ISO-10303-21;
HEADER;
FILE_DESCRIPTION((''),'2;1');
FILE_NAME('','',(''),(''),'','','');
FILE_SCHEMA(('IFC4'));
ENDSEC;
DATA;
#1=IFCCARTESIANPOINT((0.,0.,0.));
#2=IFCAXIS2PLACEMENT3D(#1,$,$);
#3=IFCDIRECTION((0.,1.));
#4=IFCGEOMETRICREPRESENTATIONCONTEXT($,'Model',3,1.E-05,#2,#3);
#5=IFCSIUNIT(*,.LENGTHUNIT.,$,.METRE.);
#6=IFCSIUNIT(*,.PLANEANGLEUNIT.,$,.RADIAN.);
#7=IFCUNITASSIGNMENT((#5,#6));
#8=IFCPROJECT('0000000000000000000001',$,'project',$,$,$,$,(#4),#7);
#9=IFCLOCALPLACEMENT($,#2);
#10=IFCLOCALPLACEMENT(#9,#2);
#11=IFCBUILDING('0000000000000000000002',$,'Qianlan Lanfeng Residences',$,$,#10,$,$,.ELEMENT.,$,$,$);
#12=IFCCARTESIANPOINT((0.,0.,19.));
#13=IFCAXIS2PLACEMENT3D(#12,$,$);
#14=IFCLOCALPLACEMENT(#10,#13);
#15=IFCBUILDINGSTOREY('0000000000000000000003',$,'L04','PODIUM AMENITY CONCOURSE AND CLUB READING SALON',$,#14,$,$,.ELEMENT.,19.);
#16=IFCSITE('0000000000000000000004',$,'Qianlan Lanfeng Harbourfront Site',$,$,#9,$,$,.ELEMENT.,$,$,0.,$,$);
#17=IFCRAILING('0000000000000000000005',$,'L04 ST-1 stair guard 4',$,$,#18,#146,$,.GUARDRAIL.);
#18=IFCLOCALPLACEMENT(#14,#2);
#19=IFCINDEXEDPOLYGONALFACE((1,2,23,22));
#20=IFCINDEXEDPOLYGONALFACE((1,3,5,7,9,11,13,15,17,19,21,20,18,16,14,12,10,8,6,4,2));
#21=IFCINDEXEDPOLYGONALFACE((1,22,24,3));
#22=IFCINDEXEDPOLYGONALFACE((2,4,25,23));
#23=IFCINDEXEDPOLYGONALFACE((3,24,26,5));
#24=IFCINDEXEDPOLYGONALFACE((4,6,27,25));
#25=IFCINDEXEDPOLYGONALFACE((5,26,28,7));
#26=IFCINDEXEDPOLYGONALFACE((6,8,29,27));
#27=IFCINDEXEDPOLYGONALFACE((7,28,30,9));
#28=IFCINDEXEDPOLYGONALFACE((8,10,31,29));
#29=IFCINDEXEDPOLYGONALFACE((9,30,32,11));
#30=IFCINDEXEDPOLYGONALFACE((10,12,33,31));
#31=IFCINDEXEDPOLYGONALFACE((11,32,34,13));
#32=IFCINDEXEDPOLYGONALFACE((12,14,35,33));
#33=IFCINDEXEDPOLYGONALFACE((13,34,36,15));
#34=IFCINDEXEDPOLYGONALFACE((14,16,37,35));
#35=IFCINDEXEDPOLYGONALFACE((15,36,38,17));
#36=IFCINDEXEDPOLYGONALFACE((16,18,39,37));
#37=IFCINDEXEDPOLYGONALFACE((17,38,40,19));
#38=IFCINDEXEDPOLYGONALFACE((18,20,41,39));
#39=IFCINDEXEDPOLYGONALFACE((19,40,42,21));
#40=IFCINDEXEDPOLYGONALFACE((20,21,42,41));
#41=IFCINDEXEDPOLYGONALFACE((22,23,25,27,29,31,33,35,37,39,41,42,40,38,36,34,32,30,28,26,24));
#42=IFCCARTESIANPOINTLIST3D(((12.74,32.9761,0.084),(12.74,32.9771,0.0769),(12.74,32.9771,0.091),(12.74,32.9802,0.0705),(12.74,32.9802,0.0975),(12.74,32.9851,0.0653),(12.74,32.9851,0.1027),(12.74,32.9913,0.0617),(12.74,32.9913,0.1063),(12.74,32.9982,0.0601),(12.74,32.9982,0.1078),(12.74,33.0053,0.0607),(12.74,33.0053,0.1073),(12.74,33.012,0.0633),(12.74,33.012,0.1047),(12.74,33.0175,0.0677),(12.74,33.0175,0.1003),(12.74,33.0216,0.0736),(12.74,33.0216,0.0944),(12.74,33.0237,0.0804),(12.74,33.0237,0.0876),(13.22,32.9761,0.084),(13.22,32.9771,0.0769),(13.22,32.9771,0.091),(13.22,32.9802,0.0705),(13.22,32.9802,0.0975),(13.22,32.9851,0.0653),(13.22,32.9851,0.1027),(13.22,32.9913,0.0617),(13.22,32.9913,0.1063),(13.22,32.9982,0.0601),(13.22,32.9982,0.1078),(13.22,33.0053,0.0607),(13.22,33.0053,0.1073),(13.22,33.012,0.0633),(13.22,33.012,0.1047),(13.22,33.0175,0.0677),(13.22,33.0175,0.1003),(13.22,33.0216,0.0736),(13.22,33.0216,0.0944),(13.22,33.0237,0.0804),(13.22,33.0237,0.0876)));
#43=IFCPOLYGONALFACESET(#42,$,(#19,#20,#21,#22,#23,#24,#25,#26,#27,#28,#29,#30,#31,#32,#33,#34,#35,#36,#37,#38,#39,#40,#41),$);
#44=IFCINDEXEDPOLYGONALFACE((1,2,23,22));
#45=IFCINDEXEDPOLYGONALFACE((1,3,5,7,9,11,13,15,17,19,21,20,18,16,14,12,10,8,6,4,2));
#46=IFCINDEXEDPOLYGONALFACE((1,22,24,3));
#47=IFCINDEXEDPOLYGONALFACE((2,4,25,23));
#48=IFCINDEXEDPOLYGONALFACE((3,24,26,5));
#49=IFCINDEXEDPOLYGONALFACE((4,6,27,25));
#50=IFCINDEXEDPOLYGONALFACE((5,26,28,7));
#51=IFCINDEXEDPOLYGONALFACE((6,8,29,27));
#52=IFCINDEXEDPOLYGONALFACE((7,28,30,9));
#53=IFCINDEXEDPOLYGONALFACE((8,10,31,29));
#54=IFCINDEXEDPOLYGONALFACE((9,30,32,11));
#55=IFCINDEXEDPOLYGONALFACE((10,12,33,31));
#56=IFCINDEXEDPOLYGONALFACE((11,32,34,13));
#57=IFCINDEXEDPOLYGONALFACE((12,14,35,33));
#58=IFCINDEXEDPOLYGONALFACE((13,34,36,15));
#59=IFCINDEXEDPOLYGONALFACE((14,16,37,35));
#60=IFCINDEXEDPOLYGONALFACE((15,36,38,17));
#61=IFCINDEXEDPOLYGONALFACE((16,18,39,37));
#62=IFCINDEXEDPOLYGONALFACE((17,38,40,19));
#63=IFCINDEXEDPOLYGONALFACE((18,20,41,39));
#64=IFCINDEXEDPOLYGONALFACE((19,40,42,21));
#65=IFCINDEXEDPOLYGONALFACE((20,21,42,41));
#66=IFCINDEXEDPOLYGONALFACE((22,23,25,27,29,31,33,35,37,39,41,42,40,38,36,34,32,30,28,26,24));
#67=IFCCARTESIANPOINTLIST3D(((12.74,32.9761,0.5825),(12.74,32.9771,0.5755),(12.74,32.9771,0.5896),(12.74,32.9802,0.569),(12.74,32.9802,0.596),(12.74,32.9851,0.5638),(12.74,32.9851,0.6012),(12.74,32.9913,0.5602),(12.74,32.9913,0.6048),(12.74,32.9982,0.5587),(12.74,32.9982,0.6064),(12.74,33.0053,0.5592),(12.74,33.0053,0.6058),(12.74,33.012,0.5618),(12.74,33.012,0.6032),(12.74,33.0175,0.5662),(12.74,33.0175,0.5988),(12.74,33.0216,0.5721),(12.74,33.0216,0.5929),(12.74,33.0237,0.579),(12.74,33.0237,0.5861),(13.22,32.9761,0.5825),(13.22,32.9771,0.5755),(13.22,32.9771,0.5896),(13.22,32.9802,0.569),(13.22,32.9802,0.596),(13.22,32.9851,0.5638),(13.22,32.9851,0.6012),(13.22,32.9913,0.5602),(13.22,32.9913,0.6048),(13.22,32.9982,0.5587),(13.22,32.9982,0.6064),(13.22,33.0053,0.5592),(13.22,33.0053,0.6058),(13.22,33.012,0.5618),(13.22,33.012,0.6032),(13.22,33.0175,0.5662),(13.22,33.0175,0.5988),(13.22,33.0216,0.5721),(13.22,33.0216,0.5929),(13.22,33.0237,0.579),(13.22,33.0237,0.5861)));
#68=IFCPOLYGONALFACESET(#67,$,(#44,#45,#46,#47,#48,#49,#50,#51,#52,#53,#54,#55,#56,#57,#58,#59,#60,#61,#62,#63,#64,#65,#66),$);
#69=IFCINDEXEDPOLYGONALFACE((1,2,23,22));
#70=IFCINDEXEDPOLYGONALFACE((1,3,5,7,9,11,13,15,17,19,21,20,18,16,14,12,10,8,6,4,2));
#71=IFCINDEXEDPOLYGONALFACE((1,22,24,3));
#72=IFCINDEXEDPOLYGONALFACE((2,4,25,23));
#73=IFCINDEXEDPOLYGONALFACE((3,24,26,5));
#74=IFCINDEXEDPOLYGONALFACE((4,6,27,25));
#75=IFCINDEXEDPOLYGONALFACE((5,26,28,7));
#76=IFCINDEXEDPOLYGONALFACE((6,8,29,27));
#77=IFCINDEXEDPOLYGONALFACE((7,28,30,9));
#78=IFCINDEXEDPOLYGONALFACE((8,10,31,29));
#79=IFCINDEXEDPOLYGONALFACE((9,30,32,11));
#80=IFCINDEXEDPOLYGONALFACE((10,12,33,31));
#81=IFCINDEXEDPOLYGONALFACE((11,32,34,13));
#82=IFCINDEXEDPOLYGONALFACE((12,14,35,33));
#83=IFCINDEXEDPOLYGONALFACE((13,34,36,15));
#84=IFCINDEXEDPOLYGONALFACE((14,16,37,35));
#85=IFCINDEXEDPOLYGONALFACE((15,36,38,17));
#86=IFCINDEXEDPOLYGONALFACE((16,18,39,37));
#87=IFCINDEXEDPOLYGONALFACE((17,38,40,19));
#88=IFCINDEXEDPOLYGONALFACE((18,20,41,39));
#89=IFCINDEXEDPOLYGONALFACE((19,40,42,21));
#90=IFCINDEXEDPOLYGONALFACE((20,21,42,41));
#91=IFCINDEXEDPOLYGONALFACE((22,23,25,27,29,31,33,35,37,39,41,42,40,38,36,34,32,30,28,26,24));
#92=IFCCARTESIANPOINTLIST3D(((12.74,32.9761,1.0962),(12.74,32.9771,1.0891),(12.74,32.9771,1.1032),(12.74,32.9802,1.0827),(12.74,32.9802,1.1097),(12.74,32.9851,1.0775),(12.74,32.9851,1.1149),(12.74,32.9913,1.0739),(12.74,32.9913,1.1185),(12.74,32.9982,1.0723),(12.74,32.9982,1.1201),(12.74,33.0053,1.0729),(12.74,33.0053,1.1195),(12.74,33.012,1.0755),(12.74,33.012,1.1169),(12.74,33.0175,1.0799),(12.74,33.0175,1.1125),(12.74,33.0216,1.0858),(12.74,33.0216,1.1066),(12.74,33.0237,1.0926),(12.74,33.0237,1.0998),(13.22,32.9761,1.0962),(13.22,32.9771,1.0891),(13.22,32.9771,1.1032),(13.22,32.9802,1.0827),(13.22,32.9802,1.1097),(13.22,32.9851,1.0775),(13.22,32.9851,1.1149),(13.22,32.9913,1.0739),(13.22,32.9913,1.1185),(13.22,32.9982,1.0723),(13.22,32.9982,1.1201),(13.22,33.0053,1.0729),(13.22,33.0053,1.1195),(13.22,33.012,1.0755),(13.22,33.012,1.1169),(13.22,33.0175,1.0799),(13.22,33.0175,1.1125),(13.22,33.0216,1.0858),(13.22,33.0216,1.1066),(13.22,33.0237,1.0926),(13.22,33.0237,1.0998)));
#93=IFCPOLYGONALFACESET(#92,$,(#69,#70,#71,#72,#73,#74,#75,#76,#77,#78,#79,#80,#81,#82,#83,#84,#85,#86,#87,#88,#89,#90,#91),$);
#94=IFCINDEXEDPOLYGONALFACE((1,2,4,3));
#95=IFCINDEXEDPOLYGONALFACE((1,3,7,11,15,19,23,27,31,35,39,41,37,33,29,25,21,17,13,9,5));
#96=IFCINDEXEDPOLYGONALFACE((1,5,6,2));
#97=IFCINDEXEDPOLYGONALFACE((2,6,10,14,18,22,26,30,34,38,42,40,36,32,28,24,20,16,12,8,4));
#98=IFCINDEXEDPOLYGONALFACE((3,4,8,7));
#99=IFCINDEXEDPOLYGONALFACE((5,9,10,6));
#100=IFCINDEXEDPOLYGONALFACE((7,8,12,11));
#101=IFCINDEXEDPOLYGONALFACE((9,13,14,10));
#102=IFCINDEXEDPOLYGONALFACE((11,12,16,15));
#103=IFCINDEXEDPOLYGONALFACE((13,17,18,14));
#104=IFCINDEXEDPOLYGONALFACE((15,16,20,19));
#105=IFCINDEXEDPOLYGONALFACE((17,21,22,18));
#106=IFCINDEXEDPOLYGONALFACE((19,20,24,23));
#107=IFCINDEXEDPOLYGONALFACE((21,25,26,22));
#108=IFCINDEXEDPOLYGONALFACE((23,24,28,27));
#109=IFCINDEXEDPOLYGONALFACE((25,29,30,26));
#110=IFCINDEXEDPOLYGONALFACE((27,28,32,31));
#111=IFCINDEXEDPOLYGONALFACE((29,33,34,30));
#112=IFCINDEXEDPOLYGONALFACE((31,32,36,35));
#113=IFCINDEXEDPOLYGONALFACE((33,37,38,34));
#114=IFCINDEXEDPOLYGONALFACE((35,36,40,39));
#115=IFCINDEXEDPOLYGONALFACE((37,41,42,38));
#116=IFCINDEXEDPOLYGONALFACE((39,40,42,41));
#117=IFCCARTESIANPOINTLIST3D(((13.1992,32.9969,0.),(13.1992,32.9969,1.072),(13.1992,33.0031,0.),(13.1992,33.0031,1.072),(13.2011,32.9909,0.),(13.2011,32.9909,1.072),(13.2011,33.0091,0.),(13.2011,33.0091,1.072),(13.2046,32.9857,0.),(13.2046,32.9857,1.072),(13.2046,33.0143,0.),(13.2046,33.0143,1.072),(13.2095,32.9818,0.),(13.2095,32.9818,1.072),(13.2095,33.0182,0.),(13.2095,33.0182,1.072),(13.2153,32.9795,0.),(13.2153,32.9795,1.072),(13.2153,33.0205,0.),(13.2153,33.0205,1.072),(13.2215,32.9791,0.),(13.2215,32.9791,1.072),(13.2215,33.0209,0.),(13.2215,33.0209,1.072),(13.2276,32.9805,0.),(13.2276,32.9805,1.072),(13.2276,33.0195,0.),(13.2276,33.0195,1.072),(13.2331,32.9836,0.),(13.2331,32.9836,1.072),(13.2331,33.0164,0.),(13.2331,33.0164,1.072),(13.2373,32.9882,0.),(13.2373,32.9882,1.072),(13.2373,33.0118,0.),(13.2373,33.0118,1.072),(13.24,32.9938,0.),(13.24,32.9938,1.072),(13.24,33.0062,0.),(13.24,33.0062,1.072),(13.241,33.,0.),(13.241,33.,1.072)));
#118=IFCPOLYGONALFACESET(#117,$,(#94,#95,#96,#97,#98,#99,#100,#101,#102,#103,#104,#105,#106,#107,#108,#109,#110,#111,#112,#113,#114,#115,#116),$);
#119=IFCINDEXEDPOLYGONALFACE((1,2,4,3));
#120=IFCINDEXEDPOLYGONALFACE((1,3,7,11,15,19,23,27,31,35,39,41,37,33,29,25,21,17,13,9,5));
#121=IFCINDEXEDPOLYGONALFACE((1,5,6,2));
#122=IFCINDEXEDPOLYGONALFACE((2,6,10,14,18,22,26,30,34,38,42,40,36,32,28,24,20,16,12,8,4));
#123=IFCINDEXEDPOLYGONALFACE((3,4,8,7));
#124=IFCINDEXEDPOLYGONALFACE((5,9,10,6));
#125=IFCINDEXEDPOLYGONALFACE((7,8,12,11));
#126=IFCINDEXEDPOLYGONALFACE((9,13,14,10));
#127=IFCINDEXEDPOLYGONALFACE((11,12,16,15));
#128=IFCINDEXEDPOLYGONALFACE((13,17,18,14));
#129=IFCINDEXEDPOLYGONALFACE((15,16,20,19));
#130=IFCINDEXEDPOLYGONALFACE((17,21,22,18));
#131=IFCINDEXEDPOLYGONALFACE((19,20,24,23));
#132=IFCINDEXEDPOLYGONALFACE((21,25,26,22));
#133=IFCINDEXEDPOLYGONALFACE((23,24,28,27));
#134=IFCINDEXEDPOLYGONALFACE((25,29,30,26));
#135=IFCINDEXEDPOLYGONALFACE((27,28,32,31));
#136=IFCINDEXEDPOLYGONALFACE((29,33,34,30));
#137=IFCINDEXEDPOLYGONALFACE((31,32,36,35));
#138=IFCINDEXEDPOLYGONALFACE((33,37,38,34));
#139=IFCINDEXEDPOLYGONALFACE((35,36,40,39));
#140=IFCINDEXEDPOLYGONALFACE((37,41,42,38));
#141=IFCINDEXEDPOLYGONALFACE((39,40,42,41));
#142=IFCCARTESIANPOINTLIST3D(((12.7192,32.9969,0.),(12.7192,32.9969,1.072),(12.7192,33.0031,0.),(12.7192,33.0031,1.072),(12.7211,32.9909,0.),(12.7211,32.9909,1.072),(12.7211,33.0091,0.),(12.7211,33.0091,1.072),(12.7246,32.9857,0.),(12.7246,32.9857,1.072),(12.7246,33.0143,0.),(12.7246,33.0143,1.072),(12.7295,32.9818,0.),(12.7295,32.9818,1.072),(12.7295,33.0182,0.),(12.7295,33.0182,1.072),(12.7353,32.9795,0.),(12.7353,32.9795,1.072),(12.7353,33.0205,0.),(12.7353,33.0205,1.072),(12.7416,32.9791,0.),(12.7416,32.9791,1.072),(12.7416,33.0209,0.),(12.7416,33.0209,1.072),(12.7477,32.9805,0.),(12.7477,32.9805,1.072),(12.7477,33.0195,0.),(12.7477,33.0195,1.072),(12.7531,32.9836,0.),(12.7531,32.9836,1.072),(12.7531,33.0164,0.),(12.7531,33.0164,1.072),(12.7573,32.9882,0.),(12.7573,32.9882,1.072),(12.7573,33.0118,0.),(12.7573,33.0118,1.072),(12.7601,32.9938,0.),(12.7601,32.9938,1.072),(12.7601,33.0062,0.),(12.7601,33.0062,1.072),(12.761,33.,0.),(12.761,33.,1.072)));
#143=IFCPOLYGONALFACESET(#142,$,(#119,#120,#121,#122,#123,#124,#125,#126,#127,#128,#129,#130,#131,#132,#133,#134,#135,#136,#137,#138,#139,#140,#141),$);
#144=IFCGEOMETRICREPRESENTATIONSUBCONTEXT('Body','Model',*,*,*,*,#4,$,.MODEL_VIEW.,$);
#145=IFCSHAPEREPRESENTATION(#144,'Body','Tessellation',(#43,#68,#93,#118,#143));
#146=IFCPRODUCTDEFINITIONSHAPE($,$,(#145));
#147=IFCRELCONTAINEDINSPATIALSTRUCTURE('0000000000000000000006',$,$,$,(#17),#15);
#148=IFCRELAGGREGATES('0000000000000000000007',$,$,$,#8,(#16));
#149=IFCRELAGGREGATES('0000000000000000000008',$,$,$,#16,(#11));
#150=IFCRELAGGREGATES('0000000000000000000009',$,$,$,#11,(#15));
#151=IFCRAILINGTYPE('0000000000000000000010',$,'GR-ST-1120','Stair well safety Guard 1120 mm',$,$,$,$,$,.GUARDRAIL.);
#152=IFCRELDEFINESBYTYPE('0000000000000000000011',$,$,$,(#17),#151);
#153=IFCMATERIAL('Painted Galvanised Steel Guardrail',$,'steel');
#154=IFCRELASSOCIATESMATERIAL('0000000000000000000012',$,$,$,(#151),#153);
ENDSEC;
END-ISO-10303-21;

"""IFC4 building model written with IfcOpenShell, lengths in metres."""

from ifc_helpers import new_model, si_unit, direction, frame, origin, origin_2d, place, context, subcontext, project, spatial, circle, extrude, material, type_object, element, save


model = new_model("IFC4")

# Units and contexts
model_context = context("Model", 3, precision=1e-05, world=origin(), true_north=direction((0.0, 1.0)))
body_context = subcontext(model_context, "Body", "Model", "MODEL_VIEW")
ifc_project = project(units=[si_unit("LENGTHUNIT", "METRE"), si_unit("PLANEANGLEUNIT", "RADIAN")], contexts=[model_context])

# Site, building, storey
site_placement = place(None, origin())
site = spatial("IfcSite", under=ifc_project, at=site_placement, Name="Qianlan Lanfeng Harbourfront Site", CompositionType="ELEMENT", RefElevation=0.0)
building_placement = place(site_placement, origin())
building = spatial("IfcBuilding", under=site, at=building_placement, Name="Qianlan Lanfeng Residences", CompositionType="ELEMENT")
storey_placement = place(building_placement, frame((0.0, 0.0, 19.0)))
storey = spatial("IfcBuildingStorey", under=building, at=storey_placement, Name="L04", Description="PODIUM AMENITY CONCOURSE AND CLUB READING SALON", CompositionType="ELEMENT", Elevation=19.0)

# Railing
ifc_material_1 = material(Name="Painted Galvanised Steel Guardrail", Category="steel")
railing_type_1 = type_object("IfcRailingType", Name="GR-ST-1120", Description="Stair well safety Guard 1120 mm", PredefinedType="GUARDRAIL", material=ifc_material_1)
railing_1_placement = place(storey_placement, frame((13.22, 33.0, 0.0)))
element("IfcRailing", 1, at=railing_1_placement, inside=storey, type_object=railing_type_1, Name="L04 ST-1 stair guard 4", PredefinedType="GUARDRAIL", context=body_context, shape_type="SweptSolid", body=[
    extrude(circle(Radius=0.0239, at=origin_2d()), frame((0.0, 0.0, 0.084), z_axis=(-1.0, 0.0, 0.0), x_axis=(0.0, -1.0, 0.0)), (0.0, 0.0, 1.0), 0.48),
    extrude(circle(Radius=0.0239, at=origin_2d()), frame((0.0, 0.0, 0.5825), z_axis=(-1.0, 0.0, 0.0), x_axis=(0.0, -1.0, 0.0)), (0.0, 0.0, 1.0), 0.48),
    extrude(circle(Radius=0.0239, at=origin_2d()), frame((0.0, 0.0, 1.0962), z_axis=(-1.0, 0.0, 0.0), x_axis=(0.0, -1.0, 0.0)), (0.0, 0.0, 1.0), 0.48),
    extrude(circle(Radius=0.021, at=origin_2d()), origin(), (0.0, 0.0, 1.0), 1.072),
    extrude(circle(Radius=0.021, at=origin_2d()), frame((-0.48, 0.0, 0.0)), (0.0, 0.0, 1.0), 1.072),
])

save(model, "model.ifc")
